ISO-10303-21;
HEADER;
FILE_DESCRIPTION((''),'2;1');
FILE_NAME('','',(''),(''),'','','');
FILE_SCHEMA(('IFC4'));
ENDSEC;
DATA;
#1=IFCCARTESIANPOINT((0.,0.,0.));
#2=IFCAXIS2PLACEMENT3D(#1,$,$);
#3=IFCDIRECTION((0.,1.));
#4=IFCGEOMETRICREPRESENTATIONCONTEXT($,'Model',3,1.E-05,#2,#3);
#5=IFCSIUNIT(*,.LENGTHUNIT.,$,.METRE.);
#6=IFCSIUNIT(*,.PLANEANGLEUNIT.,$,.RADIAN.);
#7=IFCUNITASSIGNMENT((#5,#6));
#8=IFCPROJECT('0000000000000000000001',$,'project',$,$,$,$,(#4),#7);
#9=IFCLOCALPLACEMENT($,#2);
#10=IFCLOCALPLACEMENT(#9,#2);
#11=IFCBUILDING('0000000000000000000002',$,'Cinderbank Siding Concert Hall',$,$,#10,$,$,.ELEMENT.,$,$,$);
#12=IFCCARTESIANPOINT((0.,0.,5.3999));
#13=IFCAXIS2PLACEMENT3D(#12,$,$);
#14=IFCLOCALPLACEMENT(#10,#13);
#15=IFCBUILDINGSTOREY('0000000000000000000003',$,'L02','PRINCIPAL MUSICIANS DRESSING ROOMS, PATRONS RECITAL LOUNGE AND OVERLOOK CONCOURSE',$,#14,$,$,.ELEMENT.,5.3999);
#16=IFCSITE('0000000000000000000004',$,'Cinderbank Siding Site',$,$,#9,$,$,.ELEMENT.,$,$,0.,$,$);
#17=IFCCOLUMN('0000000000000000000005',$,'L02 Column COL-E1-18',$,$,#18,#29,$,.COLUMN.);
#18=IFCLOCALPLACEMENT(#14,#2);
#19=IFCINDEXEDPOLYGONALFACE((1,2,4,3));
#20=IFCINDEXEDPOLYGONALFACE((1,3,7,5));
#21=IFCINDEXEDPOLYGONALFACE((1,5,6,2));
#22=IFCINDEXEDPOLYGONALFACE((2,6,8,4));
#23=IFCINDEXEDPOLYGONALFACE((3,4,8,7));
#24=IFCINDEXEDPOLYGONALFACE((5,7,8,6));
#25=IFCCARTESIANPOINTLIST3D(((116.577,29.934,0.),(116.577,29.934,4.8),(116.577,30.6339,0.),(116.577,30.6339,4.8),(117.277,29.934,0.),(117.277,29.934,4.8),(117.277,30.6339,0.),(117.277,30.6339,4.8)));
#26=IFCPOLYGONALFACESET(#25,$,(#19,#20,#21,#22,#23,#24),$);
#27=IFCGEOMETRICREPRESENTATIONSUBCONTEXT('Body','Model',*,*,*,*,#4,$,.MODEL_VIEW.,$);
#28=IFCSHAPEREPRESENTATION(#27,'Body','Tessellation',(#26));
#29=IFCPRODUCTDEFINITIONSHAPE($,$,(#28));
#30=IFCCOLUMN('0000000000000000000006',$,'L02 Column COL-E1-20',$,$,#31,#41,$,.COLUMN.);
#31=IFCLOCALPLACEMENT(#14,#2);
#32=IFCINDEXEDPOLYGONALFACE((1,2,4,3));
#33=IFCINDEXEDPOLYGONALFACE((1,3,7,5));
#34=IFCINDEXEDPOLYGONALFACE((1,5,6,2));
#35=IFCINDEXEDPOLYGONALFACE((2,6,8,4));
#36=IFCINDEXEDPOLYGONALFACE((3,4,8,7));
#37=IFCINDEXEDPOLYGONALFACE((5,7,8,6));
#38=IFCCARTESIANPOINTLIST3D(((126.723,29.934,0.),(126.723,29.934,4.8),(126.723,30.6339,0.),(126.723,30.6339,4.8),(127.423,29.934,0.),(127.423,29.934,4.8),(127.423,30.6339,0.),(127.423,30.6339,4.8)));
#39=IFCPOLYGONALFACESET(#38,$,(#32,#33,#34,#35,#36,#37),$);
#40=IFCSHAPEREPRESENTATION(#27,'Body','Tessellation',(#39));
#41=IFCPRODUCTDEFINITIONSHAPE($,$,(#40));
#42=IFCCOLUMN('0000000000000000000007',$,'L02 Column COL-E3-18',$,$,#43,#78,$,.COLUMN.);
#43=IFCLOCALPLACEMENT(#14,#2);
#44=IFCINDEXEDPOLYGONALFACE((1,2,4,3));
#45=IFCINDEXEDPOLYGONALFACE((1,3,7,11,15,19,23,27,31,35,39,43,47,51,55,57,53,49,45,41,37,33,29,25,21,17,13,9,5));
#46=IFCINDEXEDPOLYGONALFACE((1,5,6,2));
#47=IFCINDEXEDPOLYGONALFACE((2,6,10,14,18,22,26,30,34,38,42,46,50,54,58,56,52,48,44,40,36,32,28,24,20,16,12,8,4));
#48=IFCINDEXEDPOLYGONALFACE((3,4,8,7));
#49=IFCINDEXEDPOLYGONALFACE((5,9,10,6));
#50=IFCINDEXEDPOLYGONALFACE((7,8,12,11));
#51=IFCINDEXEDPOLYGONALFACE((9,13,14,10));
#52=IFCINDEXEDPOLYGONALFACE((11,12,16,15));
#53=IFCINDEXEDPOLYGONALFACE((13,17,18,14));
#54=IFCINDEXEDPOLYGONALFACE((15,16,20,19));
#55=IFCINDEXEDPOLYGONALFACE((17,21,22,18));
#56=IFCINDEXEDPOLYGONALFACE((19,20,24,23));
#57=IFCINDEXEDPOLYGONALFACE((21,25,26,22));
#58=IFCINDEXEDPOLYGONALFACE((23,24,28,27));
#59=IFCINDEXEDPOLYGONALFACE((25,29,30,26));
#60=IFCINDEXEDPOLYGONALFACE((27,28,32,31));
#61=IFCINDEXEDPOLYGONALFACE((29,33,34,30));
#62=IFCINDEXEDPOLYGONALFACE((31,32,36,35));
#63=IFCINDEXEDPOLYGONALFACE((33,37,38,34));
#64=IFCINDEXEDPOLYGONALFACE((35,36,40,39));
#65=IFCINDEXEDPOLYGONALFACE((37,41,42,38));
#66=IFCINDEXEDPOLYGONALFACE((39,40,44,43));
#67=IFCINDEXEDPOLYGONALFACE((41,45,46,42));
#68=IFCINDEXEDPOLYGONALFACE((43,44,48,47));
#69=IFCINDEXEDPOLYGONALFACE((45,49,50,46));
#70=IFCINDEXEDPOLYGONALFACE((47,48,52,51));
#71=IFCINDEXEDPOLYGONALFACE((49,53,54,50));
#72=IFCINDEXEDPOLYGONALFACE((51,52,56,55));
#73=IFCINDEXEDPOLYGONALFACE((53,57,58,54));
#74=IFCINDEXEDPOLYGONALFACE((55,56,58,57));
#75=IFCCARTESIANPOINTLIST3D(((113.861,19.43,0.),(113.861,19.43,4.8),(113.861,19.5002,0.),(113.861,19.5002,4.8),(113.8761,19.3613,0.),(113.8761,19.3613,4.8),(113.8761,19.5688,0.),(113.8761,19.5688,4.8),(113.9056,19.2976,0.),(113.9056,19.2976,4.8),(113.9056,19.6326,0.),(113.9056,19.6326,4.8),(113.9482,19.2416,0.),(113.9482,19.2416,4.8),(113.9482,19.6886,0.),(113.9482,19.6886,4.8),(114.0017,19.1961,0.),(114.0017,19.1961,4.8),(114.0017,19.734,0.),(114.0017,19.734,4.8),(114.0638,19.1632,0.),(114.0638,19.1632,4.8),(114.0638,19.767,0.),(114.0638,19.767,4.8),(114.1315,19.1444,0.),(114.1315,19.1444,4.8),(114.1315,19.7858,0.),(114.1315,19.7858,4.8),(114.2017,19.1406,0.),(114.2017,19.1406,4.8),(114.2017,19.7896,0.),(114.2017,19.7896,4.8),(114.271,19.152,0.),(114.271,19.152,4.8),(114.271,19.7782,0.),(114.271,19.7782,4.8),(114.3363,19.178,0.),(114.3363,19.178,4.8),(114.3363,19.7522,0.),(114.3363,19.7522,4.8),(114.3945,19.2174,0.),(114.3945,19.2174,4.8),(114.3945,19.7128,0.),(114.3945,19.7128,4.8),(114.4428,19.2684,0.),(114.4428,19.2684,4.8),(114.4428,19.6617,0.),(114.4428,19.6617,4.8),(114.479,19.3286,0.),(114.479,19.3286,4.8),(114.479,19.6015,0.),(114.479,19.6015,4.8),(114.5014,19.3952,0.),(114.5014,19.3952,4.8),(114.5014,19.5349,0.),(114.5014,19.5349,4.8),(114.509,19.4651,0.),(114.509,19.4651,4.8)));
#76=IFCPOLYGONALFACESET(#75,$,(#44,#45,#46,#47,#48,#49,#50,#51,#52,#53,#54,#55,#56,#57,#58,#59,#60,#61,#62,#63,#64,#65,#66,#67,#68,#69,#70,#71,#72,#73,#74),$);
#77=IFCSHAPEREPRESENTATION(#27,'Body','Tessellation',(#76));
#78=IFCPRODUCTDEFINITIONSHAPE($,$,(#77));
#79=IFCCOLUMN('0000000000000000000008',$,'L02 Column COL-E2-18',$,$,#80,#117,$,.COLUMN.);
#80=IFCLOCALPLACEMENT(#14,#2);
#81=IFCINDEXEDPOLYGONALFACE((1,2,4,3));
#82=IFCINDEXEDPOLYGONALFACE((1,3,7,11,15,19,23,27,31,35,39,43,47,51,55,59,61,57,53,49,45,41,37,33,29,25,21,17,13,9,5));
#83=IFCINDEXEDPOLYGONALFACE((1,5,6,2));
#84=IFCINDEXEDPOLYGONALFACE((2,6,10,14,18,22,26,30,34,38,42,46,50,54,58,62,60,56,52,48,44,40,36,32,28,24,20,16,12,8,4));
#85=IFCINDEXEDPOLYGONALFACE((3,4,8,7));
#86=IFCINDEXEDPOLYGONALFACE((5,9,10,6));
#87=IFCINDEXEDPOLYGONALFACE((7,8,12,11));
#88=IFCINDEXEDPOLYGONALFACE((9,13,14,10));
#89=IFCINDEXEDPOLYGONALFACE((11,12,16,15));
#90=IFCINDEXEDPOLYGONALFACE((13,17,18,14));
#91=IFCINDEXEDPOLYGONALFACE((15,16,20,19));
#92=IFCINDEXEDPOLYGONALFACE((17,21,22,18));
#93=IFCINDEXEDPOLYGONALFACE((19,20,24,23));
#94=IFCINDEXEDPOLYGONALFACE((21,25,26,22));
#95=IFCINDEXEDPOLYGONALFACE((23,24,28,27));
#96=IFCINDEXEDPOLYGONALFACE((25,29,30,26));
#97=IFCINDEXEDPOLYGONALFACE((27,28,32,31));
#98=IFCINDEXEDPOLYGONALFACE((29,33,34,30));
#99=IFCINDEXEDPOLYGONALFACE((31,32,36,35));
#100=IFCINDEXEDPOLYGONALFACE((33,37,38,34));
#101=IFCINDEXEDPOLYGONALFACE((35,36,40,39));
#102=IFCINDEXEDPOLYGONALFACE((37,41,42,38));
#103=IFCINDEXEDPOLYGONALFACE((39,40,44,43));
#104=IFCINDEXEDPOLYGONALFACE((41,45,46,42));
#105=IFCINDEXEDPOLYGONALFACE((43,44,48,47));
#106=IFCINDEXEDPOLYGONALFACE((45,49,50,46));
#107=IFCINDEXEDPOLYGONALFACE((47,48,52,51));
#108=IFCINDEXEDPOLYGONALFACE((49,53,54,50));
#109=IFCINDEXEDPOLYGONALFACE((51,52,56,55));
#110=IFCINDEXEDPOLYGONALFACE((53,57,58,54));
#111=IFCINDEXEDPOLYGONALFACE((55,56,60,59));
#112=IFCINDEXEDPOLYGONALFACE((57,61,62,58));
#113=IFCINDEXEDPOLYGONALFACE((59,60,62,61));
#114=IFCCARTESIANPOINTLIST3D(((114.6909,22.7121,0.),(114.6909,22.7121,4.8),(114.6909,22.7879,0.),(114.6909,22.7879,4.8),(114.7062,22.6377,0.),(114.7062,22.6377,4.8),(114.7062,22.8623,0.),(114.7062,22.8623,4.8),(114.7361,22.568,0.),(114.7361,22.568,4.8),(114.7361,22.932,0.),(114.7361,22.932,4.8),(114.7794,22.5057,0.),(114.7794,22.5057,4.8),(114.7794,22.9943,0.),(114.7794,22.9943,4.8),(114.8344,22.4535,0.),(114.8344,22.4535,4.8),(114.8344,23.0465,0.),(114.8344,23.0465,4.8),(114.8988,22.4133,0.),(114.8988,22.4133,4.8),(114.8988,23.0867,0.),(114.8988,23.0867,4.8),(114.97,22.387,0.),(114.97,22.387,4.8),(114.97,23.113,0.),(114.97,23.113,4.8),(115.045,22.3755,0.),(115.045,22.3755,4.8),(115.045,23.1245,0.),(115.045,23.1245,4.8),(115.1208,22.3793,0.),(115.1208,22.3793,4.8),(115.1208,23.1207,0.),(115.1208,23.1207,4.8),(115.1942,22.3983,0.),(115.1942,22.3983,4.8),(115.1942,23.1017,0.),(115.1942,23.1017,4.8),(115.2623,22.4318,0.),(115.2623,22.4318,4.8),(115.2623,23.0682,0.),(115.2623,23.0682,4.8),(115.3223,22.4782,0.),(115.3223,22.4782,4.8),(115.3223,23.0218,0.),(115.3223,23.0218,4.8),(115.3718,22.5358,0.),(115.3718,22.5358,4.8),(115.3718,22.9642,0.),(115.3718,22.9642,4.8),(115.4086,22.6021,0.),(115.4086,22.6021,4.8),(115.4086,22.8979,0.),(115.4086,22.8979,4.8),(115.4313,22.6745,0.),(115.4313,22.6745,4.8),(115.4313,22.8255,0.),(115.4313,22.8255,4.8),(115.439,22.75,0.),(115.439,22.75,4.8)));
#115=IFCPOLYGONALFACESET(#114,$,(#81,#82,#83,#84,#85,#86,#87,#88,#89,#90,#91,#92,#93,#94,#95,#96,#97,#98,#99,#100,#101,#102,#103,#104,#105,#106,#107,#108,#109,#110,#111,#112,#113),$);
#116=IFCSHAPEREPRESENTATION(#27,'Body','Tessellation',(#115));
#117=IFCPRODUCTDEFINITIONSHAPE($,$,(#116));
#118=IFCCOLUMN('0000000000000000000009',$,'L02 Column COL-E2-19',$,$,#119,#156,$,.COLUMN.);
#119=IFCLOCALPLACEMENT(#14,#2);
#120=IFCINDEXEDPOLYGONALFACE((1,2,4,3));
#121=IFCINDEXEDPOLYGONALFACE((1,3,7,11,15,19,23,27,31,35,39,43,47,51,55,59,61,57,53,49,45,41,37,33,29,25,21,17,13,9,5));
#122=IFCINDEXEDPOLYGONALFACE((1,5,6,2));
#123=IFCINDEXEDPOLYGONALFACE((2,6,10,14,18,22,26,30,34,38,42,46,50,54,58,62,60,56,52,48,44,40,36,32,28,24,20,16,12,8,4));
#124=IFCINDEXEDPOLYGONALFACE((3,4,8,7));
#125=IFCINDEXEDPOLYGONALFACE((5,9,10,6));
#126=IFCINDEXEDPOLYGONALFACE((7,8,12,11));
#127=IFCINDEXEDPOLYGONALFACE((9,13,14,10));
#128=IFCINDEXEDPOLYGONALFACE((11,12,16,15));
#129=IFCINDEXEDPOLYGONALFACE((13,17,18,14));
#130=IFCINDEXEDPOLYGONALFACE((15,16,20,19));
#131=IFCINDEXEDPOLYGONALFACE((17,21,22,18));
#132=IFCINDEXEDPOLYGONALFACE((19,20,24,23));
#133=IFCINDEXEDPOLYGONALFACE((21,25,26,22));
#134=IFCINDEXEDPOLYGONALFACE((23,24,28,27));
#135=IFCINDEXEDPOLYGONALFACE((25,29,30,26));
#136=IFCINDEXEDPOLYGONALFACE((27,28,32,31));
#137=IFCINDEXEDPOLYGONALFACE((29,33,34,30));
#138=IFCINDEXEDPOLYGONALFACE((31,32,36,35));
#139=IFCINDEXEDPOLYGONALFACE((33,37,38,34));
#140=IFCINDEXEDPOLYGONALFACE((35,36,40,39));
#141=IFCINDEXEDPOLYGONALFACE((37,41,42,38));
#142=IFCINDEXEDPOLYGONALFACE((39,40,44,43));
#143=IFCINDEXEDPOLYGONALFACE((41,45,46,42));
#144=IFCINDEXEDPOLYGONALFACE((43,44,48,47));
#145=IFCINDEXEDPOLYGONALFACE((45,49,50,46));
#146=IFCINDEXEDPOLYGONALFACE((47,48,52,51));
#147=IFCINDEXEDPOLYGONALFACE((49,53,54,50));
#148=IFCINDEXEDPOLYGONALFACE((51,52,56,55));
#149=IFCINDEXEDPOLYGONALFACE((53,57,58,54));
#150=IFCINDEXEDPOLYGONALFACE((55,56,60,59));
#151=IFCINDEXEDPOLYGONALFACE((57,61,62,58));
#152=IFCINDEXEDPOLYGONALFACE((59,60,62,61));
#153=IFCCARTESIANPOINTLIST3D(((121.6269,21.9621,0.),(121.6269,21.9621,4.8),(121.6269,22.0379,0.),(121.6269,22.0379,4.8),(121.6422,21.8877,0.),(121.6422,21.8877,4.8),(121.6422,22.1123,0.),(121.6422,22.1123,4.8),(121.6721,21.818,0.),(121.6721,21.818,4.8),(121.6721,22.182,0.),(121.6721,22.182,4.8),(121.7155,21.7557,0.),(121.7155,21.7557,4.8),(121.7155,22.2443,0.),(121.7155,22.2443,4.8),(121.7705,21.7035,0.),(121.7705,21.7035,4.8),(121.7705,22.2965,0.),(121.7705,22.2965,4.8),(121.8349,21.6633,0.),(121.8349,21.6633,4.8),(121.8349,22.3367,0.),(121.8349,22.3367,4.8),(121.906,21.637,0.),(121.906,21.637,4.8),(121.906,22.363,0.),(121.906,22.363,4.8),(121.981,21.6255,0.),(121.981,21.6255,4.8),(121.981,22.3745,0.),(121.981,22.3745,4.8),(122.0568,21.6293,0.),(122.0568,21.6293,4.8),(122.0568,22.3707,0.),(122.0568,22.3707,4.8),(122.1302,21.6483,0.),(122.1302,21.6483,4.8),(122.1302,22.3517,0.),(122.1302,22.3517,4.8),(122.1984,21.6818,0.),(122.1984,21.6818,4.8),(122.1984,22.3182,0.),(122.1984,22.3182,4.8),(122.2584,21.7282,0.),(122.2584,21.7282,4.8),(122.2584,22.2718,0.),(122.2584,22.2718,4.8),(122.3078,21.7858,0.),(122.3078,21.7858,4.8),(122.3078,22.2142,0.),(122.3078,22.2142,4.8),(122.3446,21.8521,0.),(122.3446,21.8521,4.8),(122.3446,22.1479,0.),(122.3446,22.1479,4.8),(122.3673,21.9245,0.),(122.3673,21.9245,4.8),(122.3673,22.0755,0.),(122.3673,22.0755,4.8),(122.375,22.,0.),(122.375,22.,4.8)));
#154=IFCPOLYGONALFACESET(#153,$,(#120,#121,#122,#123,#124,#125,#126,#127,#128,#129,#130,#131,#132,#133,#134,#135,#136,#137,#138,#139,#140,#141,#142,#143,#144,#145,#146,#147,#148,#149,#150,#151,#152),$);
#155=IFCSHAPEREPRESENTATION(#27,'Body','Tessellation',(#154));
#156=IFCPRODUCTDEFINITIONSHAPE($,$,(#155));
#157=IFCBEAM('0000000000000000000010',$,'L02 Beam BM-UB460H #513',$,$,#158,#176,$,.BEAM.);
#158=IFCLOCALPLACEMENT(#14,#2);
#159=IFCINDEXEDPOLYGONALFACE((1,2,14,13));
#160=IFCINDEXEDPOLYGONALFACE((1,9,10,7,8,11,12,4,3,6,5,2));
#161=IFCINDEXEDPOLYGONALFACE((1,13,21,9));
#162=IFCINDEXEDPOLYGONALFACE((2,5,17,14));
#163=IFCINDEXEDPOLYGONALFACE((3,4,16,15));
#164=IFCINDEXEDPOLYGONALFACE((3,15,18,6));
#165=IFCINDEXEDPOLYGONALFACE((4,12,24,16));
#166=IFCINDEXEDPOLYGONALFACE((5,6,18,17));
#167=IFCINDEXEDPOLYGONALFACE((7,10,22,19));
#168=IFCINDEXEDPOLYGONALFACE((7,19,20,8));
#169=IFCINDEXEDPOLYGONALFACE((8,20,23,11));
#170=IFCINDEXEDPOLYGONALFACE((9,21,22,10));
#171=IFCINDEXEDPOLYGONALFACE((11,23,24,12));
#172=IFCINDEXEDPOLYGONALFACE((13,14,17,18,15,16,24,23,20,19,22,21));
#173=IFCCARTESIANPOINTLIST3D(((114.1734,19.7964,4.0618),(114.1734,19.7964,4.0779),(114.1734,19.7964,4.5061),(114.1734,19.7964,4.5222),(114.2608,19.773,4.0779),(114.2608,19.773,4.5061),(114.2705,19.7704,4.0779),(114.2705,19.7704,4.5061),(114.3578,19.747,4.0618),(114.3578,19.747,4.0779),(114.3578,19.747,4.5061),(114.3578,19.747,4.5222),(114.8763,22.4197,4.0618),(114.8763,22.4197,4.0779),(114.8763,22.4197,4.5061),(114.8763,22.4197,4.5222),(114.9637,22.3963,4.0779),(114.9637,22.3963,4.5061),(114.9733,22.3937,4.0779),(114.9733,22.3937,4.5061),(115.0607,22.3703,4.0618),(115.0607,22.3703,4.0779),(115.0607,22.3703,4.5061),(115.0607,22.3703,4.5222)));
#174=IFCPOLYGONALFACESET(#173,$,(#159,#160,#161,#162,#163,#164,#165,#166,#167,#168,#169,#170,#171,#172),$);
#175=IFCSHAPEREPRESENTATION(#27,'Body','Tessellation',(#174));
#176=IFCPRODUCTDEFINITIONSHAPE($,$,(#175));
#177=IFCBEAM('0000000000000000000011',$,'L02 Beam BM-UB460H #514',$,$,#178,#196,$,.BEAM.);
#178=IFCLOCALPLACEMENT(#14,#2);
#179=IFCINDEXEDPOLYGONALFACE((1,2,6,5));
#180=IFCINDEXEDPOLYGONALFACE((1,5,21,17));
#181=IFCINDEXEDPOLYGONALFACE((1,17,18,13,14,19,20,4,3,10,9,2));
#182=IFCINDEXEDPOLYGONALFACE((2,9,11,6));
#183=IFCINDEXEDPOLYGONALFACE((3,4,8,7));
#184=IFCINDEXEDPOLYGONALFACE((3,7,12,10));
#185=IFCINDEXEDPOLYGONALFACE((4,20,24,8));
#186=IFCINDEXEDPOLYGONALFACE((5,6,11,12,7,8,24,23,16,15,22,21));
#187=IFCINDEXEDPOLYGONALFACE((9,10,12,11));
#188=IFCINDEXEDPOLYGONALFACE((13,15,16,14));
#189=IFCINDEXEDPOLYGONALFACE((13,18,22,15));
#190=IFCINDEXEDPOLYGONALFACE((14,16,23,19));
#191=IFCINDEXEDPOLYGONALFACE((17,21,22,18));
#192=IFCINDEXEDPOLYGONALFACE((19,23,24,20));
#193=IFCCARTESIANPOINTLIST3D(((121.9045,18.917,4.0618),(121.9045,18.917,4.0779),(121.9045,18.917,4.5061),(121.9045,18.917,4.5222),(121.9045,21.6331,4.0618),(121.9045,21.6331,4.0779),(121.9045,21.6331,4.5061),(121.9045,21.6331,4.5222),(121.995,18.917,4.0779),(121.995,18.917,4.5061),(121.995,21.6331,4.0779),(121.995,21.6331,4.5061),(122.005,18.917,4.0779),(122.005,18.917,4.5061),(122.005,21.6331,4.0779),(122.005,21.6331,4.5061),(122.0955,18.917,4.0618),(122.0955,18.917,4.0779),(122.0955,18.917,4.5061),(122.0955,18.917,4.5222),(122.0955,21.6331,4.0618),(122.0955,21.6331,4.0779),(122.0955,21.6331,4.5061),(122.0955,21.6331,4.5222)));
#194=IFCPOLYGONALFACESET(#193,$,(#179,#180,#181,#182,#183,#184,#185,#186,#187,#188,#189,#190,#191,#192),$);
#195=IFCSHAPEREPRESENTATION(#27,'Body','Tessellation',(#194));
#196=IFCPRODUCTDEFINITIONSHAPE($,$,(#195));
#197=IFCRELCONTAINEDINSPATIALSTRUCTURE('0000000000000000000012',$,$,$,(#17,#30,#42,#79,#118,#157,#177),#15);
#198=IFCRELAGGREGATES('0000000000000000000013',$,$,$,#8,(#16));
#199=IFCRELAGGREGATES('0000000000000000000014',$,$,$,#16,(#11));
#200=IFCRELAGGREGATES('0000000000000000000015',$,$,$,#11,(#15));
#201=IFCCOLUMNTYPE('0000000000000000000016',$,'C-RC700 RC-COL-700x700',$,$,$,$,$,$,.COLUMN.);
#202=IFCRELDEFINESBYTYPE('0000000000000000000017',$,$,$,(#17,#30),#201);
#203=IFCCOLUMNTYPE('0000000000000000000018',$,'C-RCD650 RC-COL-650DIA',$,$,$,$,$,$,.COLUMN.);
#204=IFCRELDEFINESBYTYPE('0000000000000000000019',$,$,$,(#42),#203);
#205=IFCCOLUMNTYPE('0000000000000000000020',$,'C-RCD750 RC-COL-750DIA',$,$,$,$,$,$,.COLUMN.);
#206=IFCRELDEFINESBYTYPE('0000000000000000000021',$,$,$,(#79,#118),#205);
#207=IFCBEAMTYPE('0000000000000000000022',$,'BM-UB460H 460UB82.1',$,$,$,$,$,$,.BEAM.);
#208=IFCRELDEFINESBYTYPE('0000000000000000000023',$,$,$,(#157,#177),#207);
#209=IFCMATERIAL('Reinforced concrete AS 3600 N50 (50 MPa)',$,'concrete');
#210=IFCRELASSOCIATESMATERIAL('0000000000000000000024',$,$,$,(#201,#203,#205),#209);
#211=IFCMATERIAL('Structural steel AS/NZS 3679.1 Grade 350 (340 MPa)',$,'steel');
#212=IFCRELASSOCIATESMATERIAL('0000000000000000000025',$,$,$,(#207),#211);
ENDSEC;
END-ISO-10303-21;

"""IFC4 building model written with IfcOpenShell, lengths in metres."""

from ifc_helpers import new_model, si_unit, direction, frame, origin, origin_2d, place, context, subcontext, project, spatial, rectangle, circle, i_section, extrude, material, material_profile, profile_set, type_object, element, save


model = new_model("IFC4")

# Units and contexts
model_context = context("Model", 3, precision=1e-05, world=origin(), true_north=direction((0.0, 1.0)))
body_context = subcontext(model_context, "Body", "Model", "MODEL_VIEW")
ifc_project = project(units=[si_unit("LENGTHUNIT", "METRE"), si_unit("PLANEANGLEUNIT", "RADIAN")], contexts=[model_context])

# Site, building, storey
site_placement = place(None, origin())
site = spatial("IfcSite", under=ifc_project, at=site_placement, Name="Cinderbank Siding Site", CompositionType="ELEMENT", RefElevation=0.0)
building_placement = place(site_placement, origin())
building = spatial("IfcBuilding", under=site, at=building_placement, Name="Cinderbank Siding Concert Hall", CompositionType="ELEMENT")
storey_placement = place(building_placement, frame((0.0, 0.0, 5.3999)))
storey = spatial("IfcBuildingStorey", under=building, at=storey_placement, Name="L02", Description="PRINCIPAL MUSICIANS DRESSING ROOMS, PATRONS RECITAL LOUNGE AND OVERLOOK CONCOURSE", CompositionType="ELEMENT", Elevation=5.3999)

# Columns
ifc_material_1 = material(Name="Reinforced concrete AS 3600 N50 (50 MPa)", Category="concrete")
ifc_material_profile_1 = material_profile(ifc_material_1, rectangle(XDim=0.7, YDim=0.7, at=origin_2d()), Name="RC-COL-700x700", Category="LoadBearing")
ifc_profile_set_1 = profile_set([ifc_material_profile_1], Name="Reinforced concrete AS 3600 N50 (50 MPa)")
column_type_1 = type_object("IfcColumnType", Name="C-RC700 RC-COL-700x700", PredefinedType="COLUMN", material=ifc_profile_set_1)
for number, where, z_axis, x_axis, name in (
    (1, (116.927, 30.2839, 0.0), (0.0, 0.0, 1.0), (1.0, 0.0, 0.0), "L02 Column COL-E1-18"),
    (2, (127.073, 30.2839, 0.0), (0.0, 0.0, 1.0), (1.0, 0.0, 0.0), "L02 Column COL-E1-20"),
):
    element("IfcColumn", number, at=place(storey_placement, frame(where, z_axis=z_axis, x_axis=x_axis)), inside=storey, type_object=column_type_1, Name=name, PredefinedType="COLUMN", context=body_context, shape_type="SweptSolid", body=[
        extrude(rectangle(XDim=0.7, YDim=0.7, at=origin_2d()), origin(), (0.0, 0.0, 1.0), 4.8),
    ])
ifc_material_profile_2 = material_profile(ifc_material_1, circle(Radius=0.325, at=origin_2d()), Name="RC-COL-650DIA", Category="LoadBearing")
ifc_profile_set_2 = profile_set([ifc_material_profile_2], Name="Reinforced concrete AS 3600 N50 (50 MPa)")
column_type_2 = type_object("IfcColumnType", Name="C-RCD650 RC-COL-650DIA", PredefinedType="COLUMN", material=ifc_profile_set_2)
column_placement = place(storey_placement, frame((114.1841, 19.4651, 0.0), z_axis=(0.0, 0.0, 1.0), x_axis=(1.0, 0.0, 0.0)))
element("IfcColumn", 3, at=column_placement, inside=storey, type_object=column_type_2, Name="L02 Column COL-E3-18", PredefinedType="COLUMN", context=body_context, shape_type="SweptSolid", body=[
    extrude(circle(Radius=0.325, at=origin_2d()), origin(), (0.0, 0.0, 1.0), 4.8),
])
ifc_material_profile_3 = material_profile(ifc_material_1, circle(Radius=0.375, at=origin_2d()), Name="RC-COL-750DIA", Category="LoadBearing")
ifc_profile_set_3 = profile_set([ifc_material_profile_3], Name="Reinforced concrete AS 3600 N50 (50 MPa)")
column_type_3 = type_object("IfcColumnType", Name="C-RCD750 RC-COL-750DIA", PredefinedType="COLUMN", material=ifc_profile_set_3)
for number, where, z_axis, x_axis, name in (
    (4, (115.064, 22.75, 0.0), (0.0, 0.0, 1.0), (1.0, 0.0, 0.0), "L02 Column COL-E2-18"),
    (5, (122.0, 22.0, 0.0), (0.0, 0.0, 1.0), (1.0, 0.0, 0.0), "L02 Column COL-E2-19"),
):
    element("IfcColumn", number, at=place(storey_placement, frame(where, z_axis=z_axis, x_axis=x_axis)), inside=storey, type_object=column_type_3, Name=name, PredefinedType="COLUMN", context=body_context, shape_type="SweptSolid", body=[
        extrude(circle(Radius=0.375, at=origin_2d()), origin(), (0.0, 0.0, 1.0), 4.8),
    ])

# Beams
ifc_material_2 = material(Name="Structural steel AS/NZS 3679.1 Grade 350 (340 MPa)", Category="steel")
ifc_material_profile_4 = material_profile(ifc_material_2, i_section(OverallWidth=0.1909, OverallDepth=0.4604, WebThickness=0.01, FlangeThickness=0.0161, at=origin_2d()), Name="460UB82.1", Category="LoadBearing")
ifc_profile_set_4 = profile_set([ifc_material_profile_4], Name="Structural steel AS/NZS 3679.1 Grade 350 (340 MPa)")
beam_type_1 = type_object("IfcBeamType", Name="BM-UB460H 460UB82.1", PredefinedType="BEAM", material=ifc_profile_set_4)
beam_1_placement = place(storey_placement, frame((114.9685, 22.395, 4.292), z_axis=(-0.258809, -0.965928, 0.0), x_axis=(0.965928, -0.258809, 0.0)))
element("IfcBeam", 6, at=beam_1_placement, inside=storey, type_object=beam_type_1, Name="L02 Beam BM-UB460H #513", PredefinedType="BEAM", context=body_context, shape_type="SweptSolid", body=[
    extrude(i_section(OverallWidth=0.1909, OverallDepth=0.4604, WebThickness=0.01, FlangeThickness=0.0161, at=origin_2d()), origin(), (0.0, 0.0, 1.0), 2.7158),
])
beam_2_placement = place(storey_placement, frame((122.0, 21.6331, 4.292), z_axis=(0.0, -1.0, 0.0), x_axis=(1.0, 0.0, 0.0)))
element("IfcBeam", 7, at=beam_2_placement, inside=storey, type_object=beam_type_1, Name="L02 Beam BM-UB460H #514", PredefinedType="BEAM", context=body_context, shape_type="SweptSolid", body=[
    extrude(i_section(OverallWidth=0.1909, OverallDepth=0.4604, WebThickness=0.01, FlangeThickness=0.0161, at=origin_2d()), origin(), (0.0, 0.0, 1.0), 2.7161),
])

save(model, "model.ifc")
